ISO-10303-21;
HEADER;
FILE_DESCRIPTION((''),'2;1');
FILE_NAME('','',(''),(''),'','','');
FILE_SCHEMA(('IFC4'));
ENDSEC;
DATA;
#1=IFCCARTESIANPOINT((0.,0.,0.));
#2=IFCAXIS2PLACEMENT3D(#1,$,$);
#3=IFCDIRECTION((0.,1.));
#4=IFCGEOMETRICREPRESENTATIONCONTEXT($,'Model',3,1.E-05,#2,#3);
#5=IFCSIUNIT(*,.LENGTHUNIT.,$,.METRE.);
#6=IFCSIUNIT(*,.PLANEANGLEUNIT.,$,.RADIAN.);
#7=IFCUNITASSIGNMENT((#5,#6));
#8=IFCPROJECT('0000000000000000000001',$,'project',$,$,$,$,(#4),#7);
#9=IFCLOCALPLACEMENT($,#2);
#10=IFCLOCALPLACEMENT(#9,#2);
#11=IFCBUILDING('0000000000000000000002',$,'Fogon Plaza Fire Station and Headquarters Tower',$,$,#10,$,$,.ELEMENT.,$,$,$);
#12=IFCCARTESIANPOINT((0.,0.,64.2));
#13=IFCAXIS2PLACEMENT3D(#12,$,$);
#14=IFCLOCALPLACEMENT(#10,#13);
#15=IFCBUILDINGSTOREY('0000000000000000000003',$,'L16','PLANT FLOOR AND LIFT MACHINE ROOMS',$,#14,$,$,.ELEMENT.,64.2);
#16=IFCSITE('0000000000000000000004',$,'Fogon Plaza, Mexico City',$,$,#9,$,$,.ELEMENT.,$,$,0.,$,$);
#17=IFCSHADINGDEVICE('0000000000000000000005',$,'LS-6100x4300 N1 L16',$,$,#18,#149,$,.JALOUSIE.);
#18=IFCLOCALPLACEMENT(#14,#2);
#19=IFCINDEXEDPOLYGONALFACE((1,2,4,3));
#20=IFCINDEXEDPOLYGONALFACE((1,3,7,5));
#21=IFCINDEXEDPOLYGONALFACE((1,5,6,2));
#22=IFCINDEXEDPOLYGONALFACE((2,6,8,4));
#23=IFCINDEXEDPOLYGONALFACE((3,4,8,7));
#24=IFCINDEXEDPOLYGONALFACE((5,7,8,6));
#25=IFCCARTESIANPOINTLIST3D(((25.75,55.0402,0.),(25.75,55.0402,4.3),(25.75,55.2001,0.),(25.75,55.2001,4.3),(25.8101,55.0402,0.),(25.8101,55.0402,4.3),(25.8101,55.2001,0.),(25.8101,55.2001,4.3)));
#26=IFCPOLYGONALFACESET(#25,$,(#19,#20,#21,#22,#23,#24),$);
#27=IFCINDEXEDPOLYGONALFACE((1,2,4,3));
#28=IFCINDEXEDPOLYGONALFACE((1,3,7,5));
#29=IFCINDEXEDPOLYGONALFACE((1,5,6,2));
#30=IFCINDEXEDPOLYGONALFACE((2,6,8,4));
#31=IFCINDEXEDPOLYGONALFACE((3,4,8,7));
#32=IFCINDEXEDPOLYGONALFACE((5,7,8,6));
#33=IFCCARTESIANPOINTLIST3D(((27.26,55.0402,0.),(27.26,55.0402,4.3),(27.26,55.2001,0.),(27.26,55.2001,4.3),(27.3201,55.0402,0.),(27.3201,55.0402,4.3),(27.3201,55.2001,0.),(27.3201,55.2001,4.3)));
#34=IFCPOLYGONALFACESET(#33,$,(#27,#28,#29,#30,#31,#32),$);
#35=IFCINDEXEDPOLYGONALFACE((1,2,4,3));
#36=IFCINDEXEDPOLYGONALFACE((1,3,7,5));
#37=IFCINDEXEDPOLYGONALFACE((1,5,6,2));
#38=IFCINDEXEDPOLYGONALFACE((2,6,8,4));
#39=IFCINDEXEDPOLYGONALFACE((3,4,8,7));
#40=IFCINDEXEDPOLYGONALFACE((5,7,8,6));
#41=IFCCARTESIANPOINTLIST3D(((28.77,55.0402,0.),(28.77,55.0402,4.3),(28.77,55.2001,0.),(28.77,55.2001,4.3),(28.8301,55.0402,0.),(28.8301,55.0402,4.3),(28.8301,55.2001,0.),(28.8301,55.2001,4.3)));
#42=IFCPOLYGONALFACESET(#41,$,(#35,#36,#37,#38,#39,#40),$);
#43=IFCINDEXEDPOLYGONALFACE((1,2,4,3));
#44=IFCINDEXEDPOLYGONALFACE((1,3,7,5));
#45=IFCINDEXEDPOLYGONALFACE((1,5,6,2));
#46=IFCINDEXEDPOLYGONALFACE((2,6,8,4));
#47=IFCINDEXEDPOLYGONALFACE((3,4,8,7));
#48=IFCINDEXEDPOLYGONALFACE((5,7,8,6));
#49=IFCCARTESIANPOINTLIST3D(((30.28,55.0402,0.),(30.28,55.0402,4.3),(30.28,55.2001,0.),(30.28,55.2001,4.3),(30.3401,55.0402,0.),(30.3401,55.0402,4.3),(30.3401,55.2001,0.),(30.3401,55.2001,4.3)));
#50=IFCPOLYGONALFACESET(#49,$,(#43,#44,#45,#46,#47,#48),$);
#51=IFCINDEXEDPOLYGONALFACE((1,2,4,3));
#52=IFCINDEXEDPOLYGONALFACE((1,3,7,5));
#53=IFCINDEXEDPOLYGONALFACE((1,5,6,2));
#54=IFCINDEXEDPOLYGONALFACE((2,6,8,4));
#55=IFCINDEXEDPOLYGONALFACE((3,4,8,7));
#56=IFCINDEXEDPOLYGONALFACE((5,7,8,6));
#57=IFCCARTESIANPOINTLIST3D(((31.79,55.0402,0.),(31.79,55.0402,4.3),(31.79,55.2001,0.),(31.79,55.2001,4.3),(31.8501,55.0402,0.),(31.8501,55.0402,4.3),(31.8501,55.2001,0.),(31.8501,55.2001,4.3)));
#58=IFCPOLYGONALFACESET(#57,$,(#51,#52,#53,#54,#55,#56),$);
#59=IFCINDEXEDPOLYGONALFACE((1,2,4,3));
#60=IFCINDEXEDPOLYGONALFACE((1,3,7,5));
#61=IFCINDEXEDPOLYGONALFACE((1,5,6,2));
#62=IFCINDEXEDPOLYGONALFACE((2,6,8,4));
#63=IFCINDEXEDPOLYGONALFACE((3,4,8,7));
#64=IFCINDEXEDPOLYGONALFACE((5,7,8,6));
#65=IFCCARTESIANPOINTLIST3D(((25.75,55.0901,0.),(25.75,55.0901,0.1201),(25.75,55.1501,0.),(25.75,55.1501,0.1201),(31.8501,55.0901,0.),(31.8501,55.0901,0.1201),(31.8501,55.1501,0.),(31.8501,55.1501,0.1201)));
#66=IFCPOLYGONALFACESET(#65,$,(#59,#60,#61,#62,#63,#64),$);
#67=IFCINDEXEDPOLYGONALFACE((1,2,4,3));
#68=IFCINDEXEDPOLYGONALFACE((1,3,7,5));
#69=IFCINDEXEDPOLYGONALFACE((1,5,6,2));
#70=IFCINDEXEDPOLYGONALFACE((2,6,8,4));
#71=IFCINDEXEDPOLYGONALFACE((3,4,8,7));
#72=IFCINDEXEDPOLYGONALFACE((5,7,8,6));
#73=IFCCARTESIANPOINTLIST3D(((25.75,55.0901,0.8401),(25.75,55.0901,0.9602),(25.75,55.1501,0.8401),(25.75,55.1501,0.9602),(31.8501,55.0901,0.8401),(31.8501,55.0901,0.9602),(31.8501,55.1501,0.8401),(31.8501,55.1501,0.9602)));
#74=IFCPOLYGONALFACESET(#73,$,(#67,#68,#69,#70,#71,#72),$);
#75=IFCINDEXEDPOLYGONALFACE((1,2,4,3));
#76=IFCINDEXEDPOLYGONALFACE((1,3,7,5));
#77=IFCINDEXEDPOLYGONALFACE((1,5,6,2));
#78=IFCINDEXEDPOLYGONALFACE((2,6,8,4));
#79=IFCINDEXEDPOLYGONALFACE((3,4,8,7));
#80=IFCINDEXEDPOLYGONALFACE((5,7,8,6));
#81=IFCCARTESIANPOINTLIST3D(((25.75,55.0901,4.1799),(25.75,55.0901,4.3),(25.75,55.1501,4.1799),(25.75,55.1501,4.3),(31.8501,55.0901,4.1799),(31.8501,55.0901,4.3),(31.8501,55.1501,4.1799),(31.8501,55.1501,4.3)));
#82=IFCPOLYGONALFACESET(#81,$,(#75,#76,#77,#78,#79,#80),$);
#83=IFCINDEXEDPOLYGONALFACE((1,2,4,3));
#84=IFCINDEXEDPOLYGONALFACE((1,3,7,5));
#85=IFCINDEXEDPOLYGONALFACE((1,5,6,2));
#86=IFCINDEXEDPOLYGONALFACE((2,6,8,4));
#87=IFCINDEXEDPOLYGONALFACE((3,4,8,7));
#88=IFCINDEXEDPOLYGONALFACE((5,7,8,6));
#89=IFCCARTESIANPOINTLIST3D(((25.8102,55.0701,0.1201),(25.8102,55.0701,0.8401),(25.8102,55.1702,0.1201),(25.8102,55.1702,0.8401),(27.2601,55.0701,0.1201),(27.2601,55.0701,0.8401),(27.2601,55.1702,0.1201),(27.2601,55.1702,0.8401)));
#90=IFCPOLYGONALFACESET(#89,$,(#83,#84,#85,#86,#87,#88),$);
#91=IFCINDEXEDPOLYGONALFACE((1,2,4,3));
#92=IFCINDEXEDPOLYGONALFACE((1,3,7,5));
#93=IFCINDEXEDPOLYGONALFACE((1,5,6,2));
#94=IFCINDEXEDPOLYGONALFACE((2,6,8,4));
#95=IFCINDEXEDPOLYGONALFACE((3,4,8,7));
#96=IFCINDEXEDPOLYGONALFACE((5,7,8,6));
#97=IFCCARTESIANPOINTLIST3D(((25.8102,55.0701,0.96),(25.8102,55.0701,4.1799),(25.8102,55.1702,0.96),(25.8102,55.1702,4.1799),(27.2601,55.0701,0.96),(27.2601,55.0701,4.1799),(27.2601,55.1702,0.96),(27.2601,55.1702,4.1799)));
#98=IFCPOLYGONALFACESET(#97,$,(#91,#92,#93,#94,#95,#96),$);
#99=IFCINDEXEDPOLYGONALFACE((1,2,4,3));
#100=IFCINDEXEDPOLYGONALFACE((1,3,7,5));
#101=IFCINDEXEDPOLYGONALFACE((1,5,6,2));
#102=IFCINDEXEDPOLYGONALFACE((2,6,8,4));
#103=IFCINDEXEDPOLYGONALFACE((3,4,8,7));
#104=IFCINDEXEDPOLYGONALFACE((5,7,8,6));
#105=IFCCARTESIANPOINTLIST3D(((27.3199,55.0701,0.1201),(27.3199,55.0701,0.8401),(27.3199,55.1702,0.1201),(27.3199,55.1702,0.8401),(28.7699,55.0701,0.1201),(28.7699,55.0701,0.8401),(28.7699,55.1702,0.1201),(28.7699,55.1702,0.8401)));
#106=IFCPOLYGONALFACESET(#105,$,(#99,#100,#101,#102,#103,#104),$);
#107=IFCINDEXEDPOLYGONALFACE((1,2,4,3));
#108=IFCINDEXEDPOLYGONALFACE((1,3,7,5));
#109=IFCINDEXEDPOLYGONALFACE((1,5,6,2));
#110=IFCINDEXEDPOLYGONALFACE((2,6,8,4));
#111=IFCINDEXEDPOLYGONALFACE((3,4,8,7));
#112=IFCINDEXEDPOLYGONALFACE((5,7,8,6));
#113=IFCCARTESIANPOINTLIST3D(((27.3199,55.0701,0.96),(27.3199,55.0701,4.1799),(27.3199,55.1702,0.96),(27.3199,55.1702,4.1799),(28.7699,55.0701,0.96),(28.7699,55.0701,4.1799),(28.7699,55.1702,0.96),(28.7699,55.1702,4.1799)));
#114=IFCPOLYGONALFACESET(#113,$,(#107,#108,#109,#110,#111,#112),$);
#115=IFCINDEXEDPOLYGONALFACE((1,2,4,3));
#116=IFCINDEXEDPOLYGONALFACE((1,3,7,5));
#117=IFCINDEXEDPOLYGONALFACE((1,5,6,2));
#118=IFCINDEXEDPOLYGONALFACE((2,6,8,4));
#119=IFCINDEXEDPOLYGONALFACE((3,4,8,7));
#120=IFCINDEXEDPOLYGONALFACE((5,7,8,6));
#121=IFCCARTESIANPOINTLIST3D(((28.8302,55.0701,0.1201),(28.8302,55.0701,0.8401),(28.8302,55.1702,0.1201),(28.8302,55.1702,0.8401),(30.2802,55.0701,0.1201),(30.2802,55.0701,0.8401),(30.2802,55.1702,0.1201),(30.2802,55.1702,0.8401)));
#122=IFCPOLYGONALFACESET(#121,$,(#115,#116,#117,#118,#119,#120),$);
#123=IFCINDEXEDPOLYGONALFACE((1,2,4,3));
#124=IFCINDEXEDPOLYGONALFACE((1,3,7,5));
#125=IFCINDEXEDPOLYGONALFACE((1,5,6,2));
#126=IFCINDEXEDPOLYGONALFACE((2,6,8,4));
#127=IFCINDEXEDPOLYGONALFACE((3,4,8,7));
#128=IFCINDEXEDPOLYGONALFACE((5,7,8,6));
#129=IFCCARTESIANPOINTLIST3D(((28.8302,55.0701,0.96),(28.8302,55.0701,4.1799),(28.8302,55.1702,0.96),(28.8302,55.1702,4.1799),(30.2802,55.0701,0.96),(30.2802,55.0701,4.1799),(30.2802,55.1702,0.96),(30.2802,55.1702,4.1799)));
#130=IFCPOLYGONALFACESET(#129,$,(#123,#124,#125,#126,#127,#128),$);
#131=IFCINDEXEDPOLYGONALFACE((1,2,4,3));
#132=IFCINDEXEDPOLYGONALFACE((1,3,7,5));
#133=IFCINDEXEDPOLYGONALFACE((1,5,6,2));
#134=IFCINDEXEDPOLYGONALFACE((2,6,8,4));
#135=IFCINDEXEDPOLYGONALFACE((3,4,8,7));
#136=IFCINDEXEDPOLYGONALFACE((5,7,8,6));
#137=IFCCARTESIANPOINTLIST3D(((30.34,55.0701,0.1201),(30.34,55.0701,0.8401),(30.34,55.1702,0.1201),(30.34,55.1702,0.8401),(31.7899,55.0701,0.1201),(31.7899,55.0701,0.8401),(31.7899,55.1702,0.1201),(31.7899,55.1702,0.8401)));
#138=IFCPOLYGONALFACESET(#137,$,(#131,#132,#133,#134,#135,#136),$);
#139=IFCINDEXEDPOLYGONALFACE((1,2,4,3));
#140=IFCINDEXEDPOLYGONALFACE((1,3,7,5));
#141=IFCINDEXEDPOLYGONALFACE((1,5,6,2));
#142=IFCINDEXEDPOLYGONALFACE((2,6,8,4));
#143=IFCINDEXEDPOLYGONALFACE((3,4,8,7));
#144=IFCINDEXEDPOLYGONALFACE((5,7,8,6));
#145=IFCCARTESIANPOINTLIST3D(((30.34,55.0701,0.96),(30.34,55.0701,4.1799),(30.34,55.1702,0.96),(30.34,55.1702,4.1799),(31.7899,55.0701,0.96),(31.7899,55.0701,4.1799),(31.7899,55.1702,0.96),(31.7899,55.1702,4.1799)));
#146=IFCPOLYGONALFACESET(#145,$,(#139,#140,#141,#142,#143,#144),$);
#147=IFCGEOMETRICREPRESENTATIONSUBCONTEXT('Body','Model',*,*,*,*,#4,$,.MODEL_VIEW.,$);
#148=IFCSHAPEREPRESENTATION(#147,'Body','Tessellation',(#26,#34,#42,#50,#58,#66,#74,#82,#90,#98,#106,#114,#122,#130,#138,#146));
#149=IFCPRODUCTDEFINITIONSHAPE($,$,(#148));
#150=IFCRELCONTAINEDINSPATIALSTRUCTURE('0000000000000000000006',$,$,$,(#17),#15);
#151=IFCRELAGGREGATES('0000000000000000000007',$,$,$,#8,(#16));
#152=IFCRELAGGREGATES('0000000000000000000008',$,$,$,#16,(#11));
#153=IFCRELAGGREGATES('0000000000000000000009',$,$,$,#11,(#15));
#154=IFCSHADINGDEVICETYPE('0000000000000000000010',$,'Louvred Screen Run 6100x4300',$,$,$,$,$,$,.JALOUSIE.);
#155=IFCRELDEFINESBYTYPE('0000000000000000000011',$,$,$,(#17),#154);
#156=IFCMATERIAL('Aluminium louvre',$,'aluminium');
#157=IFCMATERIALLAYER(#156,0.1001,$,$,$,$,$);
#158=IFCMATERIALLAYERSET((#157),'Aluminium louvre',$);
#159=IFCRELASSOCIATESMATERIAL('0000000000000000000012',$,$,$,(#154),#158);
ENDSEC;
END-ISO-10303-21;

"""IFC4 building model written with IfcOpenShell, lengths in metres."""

from ifc_helpers import new_model, si_unit, direction, frame, origin, origin_2d, place, context, subcontext, project, spatial, rectangle, extrude, material, layer, layer_set, type_object, element, save


model = new_model("IFC4")

# Units and contexts
model_context = context("Model", 3, precision=1e-05, world=origin(), true_north=direction((0.0, 1.0)))
body_context = subcontext(model_context, "Body", "Model", "MODEL_VIEW")
ifc_project = project(units=[si_unit("LENGTHUNIT", "METRE"), si_unit("PLANEANGLEUNIT", "RADIAN")], contexts=[model_context])

# Site, building, storey
site_placement = place(None, origin())
site = spatial("IfcSite", under=ifc_project, at=site_placement, Name="Fogon Plaza, Mexico City", CompositionType="ELEMENT", RefElevation=0.0)
building_placement = place(site_placement, origin())
building = spatial("IfcBuilding", under=site, at=building_placement, Name="Fogon Plaza Fire Station and Headquarters Tower", CompositionType="ELEMENT")
storey_placement = place(building_placement, frame((0.0, 0.0, 64.2)))
storey = spatial("IfcBuildingStorey", under=building, at=storey_placement, Name="L16", Description="PLANT FLOOR AND LIFT MACHINE ROOMS", CompositionType="ELEMENT", Elevation=64.2)

# Shading device
ifc_material_1 = material(Name="Aluminium louvre", Category="aluminium")
ifc_layer_1 = layer(ifc_material_1, 0.1001)
ifc_layer_set_1 = layer_set([ifc_layer_1], Name="Aluminium louvre")
shading_device_type = type_object("IfcShadingDeviceType", Name="Louvred Screen Run 6100x4300", PredefinedType="JALOUSIE", material=ifc_layer_set_1)
shading_device_1_placement = place(storey_placement, frame((25.75, 55.1201, 0.0), z_axis=(0.0, 0.0, 1.0), x_axis=(1.0, 0.0, 0.0)))
element("IfcShadingDevice", 1, at=shading_device_1_placement, inside=storey, type_object=shading_device_type, Name="LS-6100x4300 N1 L16", PredefinedType="JALOUSIE", context=body_context, shape_type="SweptSolid", body=[
    extrude(rectangle(XDim=0.0601, YDim=0.1599, at=origin_2d()), frame((0.03, 0.0, 0.0), z_axis=(0.0, 0.0, 1.0), x_axis=(1.0, 0.0, 0.0)), (0.0, 0.0, 1.0), 4.3),
    extrude(rectangle(XDim=0.0601, YDim=0.1599, at=origin_2d()), frame((1.54, 0.0, 0.0), z_axis=(0.0, 0.0, 1.0), x_axis=(1.0, 0.0, 0.0)), (0.0, 0.0, 1.0), 4.3),
    extrude(rectangle(XDim=0.0601, YDim=0.1599, at=origin_2d()), frame((3.05, 0.0, 0.0), z_axis=(0.0, 0.0, 1.0), x_axis=(1.0, 0.0, 0.0)), (0.0, 0.0, 1.0), 4.3),
    extrude(rectangle(XDim=0.0601, YDim=0.1599, at=origin_2d()), frame((4.5601, 0.0, 0.0), z_axis=(0.0, 0.0, 1.0), x_axis=(1.0, 0.0, 0.0)), (0.0, 0.0, 1.0), 4.3),
    extrude(rectangle(XDim=0.0601, YDim=0.1599, at=origin_2d()), frame((6.0701, 0.0, 0.0), z_axis=(0.0, 0.0, 1.0), x_axis=(1.0, 0.0, 0.0)), (0.0, 0.0, 1.0), 4.3),
    extrude(rectangle(XDim=0.1201, YDim=0.0601, at=origin_2d()), frame((0.0, 0.0, 0.0601), z_axis=(1.0, 0.0, 0.0), x_axis=(0.0, 0.0, 1.0)), (0.0, 0.0, 1.0), 6.1001),
    extrude(rectangle(XDim=0.1201, YDim=0.0601, at=origin_2d()), frame((0.0, 0.0, 0.9001), z_axis=(1.0, 0.0, 0.0), x_axis=(0.0, 0.0, 1.0)), (0.0, 0.0, 1.0), 6.1001),
    extrude(rectangle(XDim=0.1201, YDim=0.0601, at=origin_2d()), frame((0.0, 0.0, 4.24), z_axis=(1.0, 0.0, 0.0), x_axis=(0.0, 0.0, 1.0)), (0.0, 0.0, 1.0), 6.1001),
    extrude(rectangle(XDim=1.45, YDim=0.1001, at=origin_2d()), frame((0.7852, 0.0, 0.1201), z_axis=(0.0, 0.0, 1.0), x_axis=(1.0, 0.0, 0.0)), (0.0, 0.0, 1.0), 0.72),
    extrude(rectangle(XDim=1.45, YDim=0.1001, at=origin_2d()), frame((0.7852, 0.0, 0.96), z_axis=(0.0, 0.0, 1.0), x_axis=(1.0, 0.0, 0.0)), (0.0, 0.0, 1.0), 3.22),
    extrude(rectangle(XDim=1.45, YDim=0.1001, at=origin_2d()), frame((2.2949, 0.0, 0.1201), z_axis=(0.0, 0.0, 1.0), x_axis=(1.0, 0.0, 0.0)), (0.0, 0.0, 1.0), 0.72),
    extrude(rectangle(XDim=1.45, YDim=0.1001, at=origin_2d()), frame((2.2949, 0.0, 0.96), z_axis=(0.0, 0.0, 1.0), x_axis=(1.0, 0.0, 0.0)), (0.0, 0.0, 1.0), 3.22),
    extrude(rectangle(XDim=1.45, YDim=0.1001, at=origin_2d()), frame((3.8052, 0.0, 0.1201), z_axis=(0.0, 0.0, 1.0), x_axis=(1.0, 0.0, 0.0)), (0.0, 0.0, 1.0), 0.72),
    extrude(rectangle(XDim=1.45, YDim=0.1001, at=origin_2d()), frame((3.8052, 0.0, 0.96), z_axis=(0.0, 0.0, 1.0), x_axis=(1.0, 0.0, 0.0)), (0.0, 0.0, 1.0), 3.22),
    extrude(rectangle(XDim=1.45, YDim=0.1001, at=origin_2d()), frame((5.3149, 0.0, 0.1201), z_axis=(0.0, 0.0, 1.0), x_axis=(1.0, 0.0, 0.0)), (0.0, 0.0, 1.0), 0.72),
    extrude(rectangle(XDim=1.45, YDim=0.1001, at=origin_2d()), frame((5.3149, 0.0, 0.96), z_axis=(0.0, 0.0, 1.0), x_axis=(1.0, 0.0, 0.0)), (0.0, 0.0, 1.0), 3.22),
])

save(model, "model.ifc")
